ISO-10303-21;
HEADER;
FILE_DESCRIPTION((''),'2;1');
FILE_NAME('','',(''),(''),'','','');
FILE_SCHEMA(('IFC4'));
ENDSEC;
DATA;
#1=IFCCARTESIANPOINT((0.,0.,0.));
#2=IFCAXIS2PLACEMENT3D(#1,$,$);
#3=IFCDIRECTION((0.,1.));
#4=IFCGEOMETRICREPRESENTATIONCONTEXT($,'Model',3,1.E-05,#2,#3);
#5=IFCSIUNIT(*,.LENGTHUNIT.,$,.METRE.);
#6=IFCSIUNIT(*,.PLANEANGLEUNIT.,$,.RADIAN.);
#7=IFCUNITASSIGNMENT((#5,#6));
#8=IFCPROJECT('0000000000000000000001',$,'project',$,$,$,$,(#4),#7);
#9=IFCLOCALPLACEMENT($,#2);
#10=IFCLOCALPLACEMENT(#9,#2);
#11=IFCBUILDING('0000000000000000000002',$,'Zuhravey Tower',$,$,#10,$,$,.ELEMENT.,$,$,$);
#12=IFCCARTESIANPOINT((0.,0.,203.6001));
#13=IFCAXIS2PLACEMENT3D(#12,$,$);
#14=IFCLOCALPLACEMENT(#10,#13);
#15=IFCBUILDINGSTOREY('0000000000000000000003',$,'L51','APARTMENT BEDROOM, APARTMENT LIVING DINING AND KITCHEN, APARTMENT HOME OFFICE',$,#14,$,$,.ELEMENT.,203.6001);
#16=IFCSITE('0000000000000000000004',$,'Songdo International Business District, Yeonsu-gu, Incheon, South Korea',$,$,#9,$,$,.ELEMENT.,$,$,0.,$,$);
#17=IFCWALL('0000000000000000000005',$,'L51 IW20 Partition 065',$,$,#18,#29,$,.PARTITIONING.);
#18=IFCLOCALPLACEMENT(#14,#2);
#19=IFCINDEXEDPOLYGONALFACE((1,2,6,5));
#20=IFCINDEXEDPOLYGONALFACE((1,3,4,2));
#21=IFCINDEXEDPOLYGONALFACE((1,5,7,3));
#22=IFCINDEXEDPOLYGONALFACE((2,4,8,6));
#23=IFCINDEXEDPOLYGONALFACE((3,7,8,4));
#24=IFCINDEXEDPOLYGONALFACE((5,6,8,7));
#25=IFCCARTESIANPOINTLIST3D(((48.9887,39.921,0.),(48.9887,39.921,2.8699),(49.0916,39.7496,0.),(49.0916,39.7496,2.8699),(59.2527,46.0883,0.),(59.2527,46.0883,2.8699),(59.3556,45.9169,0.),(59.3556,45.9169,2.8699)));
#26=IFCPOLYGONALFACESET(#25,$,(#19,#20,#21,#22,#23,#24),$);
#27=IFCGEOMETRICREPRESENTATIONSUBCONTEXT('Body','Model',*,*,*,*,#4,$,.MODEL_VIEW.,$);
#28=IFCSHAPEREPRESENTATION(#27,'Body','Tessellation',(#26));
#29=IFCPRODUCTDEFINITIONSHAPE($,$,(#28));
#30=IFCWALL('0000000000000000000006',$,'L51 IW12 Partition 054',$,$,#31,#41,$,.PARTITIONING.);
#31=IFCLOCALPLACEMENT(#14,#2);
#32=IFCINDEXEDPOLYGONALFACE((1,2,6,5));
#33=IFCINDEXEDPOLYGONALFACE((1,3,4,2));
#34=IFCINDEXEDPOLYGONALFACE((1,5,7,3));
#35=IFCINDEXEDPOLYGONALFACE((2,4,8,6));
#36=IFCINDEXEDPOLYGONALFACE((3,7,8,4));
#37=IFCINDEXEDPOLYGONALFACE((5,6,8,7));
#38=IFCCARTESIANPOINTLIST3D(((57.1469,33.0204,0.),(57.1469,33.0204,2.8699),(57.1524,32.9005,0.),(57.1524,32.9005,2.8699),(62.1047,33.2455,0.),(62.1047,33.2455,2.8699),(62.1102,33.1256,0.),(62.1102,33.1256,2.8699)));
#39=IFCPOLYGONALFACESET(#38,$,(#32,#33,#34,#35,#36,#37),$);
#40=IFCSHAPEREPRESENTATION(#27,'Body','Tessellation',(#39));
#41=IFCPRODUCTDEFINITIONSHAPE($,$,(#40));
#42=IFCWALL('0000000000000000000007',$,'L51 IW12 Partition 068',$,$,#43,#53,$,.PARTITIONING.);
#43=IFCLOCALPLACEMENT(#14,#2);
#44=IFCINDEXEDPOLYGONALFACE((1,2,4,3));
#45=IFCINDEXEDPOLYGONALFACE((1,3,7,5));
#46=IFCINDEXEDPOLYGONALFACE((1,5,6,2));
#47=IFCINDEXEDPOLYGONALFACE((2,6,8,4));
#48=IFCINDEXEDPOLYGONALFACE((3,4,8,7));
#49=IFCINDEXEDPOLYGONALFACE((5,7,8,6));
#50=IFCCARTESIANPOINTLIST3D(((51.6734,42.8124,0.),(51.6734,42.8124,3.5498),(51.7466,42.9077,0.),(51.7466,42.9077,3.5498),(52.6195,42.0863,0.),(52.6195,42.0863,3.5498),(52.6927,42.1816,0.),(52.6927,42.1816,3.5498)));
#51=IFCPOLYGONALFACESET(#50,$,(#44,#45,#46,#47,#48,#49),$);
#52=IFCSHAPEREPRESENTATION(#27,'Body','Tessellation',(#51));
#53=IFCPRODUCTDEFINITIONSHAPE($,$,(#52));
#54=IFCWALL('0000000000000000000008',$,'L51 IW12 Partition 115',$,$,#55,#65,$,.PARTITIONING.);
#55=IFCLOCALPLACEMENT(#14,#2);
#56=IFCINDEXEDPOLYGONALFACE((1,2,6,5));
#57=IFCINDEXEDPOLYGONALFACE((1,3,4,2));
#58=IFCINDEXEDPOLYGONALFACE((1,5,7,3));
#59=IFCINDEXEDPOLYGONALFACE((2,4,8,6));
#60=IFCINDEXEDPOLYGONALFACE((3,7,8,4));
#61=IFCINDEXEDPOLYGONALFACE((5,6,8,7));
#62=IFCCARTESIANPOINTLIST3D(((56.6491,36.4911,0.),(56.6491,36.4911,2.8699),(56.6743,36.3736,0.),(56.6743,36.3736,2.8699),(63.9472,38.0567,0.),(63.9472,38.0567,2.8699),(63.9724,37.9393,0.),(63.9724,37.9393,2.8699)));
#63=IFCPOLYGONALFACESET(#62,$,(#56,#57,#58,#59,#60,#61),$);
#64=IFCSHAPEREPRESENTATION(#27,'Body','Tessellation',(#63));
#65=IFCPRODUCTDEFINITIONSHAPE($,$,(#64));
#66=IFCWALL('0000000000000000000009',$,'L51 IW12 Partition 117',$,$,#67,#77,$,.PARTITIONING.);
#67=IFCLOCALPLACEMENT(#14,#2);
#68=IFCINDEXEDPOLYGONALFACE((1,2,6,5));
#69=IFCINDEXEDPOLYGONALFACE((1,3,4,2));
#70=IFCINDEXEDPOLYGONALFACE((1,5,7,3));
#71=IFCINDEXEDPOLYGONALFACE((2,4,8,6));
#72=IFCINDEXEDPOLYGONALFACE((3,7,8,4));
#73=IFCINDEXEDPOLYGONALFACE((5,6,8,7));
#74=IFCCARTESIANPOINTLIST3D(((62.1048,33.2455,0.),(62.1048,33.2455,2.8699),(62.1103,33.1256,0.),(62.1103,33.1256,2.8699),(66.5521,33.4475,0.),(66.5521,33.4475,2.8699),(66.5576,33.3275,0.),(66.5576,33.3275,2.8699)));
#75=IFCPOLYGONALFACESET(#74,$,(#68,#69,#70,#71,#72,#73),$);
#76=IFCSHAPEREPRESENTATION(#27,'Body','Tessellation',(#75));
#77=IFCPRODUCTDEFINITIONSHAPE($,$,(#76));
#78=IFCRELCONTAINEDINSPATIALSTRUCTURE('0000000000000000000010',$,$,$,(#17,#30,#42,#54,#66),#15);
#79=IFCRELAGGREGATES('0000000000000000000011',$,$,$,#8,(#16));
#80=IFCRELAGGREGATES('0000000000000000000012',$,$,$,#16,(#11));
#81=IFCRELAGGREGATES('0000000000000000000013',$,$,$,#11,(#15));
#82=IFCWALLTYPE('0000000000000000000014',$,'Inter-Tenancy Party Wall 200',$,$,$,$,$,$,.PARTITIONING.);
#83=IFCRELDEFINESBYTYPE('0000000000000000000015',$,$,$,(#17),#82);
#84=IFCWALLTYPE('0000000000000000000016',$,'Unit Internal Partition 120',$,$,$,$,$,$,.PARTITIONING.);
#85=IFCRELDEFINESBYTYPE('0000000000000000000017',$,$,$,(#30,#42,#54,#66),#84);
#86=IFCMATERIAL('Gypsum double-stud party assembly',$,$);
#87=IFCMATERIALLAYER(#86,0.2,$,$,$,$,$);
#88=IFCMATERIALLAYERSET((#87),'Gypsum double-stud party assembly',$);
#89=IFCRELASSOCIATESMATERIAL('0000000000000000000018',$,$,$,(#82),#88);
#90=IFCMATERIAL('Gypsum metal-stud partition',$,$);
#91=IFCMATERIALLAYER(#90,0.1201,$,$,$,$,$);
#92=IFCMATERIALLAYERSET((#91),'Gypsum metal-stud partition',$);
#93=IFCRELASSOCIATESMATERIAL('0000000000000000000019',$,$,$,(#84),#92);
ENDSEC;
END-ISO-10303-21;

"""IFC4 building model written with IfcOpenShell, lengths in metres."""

from ifc_helpers import new_model, si_unit, direction, frame, frame_2d, origin, place, context, subcontext, project, spatial, rectangle, extrude, material, layer, layer_set, type_object, element, save


model = new_model("IFC4")

# Units and contexts
model_context = context("Model", 3, precision=1e-05, world=origin(), true_north=direction((0.0, 1.0)))
body_context = subcontext(model_context, "Body", "Model", "MODEL_VIEW")
ifc_project = project(units=[si_unit("LENGTHUNIT", "METRE"), si_unit("PLANEANGLEUNIT", "RADIAN")], contexts=[model_context])

# Site, building, storey
site_placement = place(None, origin())
site = spatial("IfcSite", under=ifc_project, at=site_placement, Name="Songdo International Business District, Yeonsu-gu, Incheon, South Korea", CompositionType="ELEMENT", RefElevation=0.0)
building_placement = place(site_placement, origin())
building = spatial("IfcBuilding", under=site, at=building_placement, Name="Zuhravey Tower", CompositionType="ELEMENT")
storey_placement = place(building_placement, frame((0.0, 0.0, 203.6001)))
storey = spatial("IfcBuildingStorey", under=building, at=storey_placement, Name="L51", Description="APARTMENT BEDROOM, APARTMENT LIVING DINING AND KITCHEN, APARTMENT HOME OFFICE", CompositionType="ELEMENT", Elevation=203.6001)

# Walls
ifc_material_1 = material(Name="Gypsum double-stud party assembly")
ifc_layer_1 = layer(ifc_material_1, 0.2)
ifc_layer_set_1 = layer_set([ifc_layer_1], Name="Gypsum double-stud party assembly")
wall_type_1 = type_object("IfcWallType", Name="Inter-Tenancy Party Wall 200", PredefinedType="PARTITIONING", material=ifc_layer_set_1)
wall_1_placement = place(storey_placement, frame((49.04, 39.8352, 0.0), z_axis=(0.0, 0.0, 1.0), x_axis=(0.857165, 0.515041, 0.0)))
element("IfcWall", 1, at=wall_1_placement, inside=storey, type_object=wall_type_1, Name="L51 IW20 Partition 065", PredefinedType="PARTITIONING", context=body_context, shape_type="SweptSolid", body=[
    extrude(rectangle(XDim=11.9744, YDim=0.2, at=frame_2d((5.9873, 0.0))), origin(), (0.0, 0.0, 1.0), 2.8699),
])
ifc_material_2 = material(Name="Gypsum metal-stud partition")
ifc_layer_2 = layer(ifc_material_2, 0.1201)
ifc_layer_set_2 = layer_set([ifc_layer_2], Name="Gypsum metal-stud partition")
wall_type_2 = type_object("IfcWallType", Name="Unit Internal Partition 120", PredefinedType="PARTITIONING", material=ifc_layer_set_2)
wall_2_placement = place(storey_placement, frame((57.1497, 32.9604, 0.0), z_axis=(0.0, 0.0, 1.0), x_axis=(0.998971, 0.045356, 0.0)))
element("IfcWall", 2, at=wall_2_placement, inside=storey, type_object=wall_type_2, Name="L51 IW12 Partition 054", PredefinedType="PARTITIONING", context=body_context, shape_type="SweptSolid", body=[
    extrude(rectangle(XDim=4.9629, YDim=0.1201, at=frame_2d((2.4814, 0.0))), origin(), (0.0, 0.0, 1.0), 2.8699),
])
wall_3_placement = place(storey_placement, frame((52.656, 42.134, 0.0), z_axis=(0.0, 0.0, 1.0), x_axis=(-0.793293, 0.60884, 0.0)))
element("IfcWall", 3, at=wall_3_placement, inside=storey, type_object=wall_type_2, Name="L51 IW12 Partition 068", PredefinedType="PARTITIONING", context=body_context, shape_type="SweptSolid", body=[
    extrude(rectangle(XDim=1.1926, YDim=0.1201, at=frame_2d((0.5962, 0.0))), origin(), (0.0, 0.0, 1.0), 3.5498),
])
wall_4_placement = place(storey_placement, frame((56.6619, 36.4324, 0.0), z_axis=(0.0, 0.0, 1.0), x_axis=(0.977753, 0.209759, 0.0)))
element("IfcWall", 4, at=wall_4_placement, inside=storey, type_object=wall_type_2, Name="L51 IW12 Partition 115", PredefinedType="PARTITIONING", context=body_context, shape_type="SweptSolid", body=[
    extrude(rectangle(XDim=7.4641, YDim=0.1201, at=frame_2d((3.7319, 0.0))), origin(), (0.0, 0.0, 1.0), 2.8699),
])
wall_5_placement = place(storey_placement, frame((62.1074, 33.1855, 0.0), z_axis=(0.0, 0.0, 1.0), x_axis=(0.998971, 0.045353, 0.0)))
element("IfcWall", 5, at=wall_5_placement, inside=storey, type_object=wall_type_2, Name="L51 IW12 Partition 117", PredefinedType="PARTITIONING", context=body_context, shape_type="SweptSolid", body=[
    extrude(rectangle(XDim=4.4519, YDim=0.1201, at=frame_2d((2.2261, 0.0))), origin(), (0.0, 0.0, 1.0), 2.8699),
])

save(model, "model.ifc")
